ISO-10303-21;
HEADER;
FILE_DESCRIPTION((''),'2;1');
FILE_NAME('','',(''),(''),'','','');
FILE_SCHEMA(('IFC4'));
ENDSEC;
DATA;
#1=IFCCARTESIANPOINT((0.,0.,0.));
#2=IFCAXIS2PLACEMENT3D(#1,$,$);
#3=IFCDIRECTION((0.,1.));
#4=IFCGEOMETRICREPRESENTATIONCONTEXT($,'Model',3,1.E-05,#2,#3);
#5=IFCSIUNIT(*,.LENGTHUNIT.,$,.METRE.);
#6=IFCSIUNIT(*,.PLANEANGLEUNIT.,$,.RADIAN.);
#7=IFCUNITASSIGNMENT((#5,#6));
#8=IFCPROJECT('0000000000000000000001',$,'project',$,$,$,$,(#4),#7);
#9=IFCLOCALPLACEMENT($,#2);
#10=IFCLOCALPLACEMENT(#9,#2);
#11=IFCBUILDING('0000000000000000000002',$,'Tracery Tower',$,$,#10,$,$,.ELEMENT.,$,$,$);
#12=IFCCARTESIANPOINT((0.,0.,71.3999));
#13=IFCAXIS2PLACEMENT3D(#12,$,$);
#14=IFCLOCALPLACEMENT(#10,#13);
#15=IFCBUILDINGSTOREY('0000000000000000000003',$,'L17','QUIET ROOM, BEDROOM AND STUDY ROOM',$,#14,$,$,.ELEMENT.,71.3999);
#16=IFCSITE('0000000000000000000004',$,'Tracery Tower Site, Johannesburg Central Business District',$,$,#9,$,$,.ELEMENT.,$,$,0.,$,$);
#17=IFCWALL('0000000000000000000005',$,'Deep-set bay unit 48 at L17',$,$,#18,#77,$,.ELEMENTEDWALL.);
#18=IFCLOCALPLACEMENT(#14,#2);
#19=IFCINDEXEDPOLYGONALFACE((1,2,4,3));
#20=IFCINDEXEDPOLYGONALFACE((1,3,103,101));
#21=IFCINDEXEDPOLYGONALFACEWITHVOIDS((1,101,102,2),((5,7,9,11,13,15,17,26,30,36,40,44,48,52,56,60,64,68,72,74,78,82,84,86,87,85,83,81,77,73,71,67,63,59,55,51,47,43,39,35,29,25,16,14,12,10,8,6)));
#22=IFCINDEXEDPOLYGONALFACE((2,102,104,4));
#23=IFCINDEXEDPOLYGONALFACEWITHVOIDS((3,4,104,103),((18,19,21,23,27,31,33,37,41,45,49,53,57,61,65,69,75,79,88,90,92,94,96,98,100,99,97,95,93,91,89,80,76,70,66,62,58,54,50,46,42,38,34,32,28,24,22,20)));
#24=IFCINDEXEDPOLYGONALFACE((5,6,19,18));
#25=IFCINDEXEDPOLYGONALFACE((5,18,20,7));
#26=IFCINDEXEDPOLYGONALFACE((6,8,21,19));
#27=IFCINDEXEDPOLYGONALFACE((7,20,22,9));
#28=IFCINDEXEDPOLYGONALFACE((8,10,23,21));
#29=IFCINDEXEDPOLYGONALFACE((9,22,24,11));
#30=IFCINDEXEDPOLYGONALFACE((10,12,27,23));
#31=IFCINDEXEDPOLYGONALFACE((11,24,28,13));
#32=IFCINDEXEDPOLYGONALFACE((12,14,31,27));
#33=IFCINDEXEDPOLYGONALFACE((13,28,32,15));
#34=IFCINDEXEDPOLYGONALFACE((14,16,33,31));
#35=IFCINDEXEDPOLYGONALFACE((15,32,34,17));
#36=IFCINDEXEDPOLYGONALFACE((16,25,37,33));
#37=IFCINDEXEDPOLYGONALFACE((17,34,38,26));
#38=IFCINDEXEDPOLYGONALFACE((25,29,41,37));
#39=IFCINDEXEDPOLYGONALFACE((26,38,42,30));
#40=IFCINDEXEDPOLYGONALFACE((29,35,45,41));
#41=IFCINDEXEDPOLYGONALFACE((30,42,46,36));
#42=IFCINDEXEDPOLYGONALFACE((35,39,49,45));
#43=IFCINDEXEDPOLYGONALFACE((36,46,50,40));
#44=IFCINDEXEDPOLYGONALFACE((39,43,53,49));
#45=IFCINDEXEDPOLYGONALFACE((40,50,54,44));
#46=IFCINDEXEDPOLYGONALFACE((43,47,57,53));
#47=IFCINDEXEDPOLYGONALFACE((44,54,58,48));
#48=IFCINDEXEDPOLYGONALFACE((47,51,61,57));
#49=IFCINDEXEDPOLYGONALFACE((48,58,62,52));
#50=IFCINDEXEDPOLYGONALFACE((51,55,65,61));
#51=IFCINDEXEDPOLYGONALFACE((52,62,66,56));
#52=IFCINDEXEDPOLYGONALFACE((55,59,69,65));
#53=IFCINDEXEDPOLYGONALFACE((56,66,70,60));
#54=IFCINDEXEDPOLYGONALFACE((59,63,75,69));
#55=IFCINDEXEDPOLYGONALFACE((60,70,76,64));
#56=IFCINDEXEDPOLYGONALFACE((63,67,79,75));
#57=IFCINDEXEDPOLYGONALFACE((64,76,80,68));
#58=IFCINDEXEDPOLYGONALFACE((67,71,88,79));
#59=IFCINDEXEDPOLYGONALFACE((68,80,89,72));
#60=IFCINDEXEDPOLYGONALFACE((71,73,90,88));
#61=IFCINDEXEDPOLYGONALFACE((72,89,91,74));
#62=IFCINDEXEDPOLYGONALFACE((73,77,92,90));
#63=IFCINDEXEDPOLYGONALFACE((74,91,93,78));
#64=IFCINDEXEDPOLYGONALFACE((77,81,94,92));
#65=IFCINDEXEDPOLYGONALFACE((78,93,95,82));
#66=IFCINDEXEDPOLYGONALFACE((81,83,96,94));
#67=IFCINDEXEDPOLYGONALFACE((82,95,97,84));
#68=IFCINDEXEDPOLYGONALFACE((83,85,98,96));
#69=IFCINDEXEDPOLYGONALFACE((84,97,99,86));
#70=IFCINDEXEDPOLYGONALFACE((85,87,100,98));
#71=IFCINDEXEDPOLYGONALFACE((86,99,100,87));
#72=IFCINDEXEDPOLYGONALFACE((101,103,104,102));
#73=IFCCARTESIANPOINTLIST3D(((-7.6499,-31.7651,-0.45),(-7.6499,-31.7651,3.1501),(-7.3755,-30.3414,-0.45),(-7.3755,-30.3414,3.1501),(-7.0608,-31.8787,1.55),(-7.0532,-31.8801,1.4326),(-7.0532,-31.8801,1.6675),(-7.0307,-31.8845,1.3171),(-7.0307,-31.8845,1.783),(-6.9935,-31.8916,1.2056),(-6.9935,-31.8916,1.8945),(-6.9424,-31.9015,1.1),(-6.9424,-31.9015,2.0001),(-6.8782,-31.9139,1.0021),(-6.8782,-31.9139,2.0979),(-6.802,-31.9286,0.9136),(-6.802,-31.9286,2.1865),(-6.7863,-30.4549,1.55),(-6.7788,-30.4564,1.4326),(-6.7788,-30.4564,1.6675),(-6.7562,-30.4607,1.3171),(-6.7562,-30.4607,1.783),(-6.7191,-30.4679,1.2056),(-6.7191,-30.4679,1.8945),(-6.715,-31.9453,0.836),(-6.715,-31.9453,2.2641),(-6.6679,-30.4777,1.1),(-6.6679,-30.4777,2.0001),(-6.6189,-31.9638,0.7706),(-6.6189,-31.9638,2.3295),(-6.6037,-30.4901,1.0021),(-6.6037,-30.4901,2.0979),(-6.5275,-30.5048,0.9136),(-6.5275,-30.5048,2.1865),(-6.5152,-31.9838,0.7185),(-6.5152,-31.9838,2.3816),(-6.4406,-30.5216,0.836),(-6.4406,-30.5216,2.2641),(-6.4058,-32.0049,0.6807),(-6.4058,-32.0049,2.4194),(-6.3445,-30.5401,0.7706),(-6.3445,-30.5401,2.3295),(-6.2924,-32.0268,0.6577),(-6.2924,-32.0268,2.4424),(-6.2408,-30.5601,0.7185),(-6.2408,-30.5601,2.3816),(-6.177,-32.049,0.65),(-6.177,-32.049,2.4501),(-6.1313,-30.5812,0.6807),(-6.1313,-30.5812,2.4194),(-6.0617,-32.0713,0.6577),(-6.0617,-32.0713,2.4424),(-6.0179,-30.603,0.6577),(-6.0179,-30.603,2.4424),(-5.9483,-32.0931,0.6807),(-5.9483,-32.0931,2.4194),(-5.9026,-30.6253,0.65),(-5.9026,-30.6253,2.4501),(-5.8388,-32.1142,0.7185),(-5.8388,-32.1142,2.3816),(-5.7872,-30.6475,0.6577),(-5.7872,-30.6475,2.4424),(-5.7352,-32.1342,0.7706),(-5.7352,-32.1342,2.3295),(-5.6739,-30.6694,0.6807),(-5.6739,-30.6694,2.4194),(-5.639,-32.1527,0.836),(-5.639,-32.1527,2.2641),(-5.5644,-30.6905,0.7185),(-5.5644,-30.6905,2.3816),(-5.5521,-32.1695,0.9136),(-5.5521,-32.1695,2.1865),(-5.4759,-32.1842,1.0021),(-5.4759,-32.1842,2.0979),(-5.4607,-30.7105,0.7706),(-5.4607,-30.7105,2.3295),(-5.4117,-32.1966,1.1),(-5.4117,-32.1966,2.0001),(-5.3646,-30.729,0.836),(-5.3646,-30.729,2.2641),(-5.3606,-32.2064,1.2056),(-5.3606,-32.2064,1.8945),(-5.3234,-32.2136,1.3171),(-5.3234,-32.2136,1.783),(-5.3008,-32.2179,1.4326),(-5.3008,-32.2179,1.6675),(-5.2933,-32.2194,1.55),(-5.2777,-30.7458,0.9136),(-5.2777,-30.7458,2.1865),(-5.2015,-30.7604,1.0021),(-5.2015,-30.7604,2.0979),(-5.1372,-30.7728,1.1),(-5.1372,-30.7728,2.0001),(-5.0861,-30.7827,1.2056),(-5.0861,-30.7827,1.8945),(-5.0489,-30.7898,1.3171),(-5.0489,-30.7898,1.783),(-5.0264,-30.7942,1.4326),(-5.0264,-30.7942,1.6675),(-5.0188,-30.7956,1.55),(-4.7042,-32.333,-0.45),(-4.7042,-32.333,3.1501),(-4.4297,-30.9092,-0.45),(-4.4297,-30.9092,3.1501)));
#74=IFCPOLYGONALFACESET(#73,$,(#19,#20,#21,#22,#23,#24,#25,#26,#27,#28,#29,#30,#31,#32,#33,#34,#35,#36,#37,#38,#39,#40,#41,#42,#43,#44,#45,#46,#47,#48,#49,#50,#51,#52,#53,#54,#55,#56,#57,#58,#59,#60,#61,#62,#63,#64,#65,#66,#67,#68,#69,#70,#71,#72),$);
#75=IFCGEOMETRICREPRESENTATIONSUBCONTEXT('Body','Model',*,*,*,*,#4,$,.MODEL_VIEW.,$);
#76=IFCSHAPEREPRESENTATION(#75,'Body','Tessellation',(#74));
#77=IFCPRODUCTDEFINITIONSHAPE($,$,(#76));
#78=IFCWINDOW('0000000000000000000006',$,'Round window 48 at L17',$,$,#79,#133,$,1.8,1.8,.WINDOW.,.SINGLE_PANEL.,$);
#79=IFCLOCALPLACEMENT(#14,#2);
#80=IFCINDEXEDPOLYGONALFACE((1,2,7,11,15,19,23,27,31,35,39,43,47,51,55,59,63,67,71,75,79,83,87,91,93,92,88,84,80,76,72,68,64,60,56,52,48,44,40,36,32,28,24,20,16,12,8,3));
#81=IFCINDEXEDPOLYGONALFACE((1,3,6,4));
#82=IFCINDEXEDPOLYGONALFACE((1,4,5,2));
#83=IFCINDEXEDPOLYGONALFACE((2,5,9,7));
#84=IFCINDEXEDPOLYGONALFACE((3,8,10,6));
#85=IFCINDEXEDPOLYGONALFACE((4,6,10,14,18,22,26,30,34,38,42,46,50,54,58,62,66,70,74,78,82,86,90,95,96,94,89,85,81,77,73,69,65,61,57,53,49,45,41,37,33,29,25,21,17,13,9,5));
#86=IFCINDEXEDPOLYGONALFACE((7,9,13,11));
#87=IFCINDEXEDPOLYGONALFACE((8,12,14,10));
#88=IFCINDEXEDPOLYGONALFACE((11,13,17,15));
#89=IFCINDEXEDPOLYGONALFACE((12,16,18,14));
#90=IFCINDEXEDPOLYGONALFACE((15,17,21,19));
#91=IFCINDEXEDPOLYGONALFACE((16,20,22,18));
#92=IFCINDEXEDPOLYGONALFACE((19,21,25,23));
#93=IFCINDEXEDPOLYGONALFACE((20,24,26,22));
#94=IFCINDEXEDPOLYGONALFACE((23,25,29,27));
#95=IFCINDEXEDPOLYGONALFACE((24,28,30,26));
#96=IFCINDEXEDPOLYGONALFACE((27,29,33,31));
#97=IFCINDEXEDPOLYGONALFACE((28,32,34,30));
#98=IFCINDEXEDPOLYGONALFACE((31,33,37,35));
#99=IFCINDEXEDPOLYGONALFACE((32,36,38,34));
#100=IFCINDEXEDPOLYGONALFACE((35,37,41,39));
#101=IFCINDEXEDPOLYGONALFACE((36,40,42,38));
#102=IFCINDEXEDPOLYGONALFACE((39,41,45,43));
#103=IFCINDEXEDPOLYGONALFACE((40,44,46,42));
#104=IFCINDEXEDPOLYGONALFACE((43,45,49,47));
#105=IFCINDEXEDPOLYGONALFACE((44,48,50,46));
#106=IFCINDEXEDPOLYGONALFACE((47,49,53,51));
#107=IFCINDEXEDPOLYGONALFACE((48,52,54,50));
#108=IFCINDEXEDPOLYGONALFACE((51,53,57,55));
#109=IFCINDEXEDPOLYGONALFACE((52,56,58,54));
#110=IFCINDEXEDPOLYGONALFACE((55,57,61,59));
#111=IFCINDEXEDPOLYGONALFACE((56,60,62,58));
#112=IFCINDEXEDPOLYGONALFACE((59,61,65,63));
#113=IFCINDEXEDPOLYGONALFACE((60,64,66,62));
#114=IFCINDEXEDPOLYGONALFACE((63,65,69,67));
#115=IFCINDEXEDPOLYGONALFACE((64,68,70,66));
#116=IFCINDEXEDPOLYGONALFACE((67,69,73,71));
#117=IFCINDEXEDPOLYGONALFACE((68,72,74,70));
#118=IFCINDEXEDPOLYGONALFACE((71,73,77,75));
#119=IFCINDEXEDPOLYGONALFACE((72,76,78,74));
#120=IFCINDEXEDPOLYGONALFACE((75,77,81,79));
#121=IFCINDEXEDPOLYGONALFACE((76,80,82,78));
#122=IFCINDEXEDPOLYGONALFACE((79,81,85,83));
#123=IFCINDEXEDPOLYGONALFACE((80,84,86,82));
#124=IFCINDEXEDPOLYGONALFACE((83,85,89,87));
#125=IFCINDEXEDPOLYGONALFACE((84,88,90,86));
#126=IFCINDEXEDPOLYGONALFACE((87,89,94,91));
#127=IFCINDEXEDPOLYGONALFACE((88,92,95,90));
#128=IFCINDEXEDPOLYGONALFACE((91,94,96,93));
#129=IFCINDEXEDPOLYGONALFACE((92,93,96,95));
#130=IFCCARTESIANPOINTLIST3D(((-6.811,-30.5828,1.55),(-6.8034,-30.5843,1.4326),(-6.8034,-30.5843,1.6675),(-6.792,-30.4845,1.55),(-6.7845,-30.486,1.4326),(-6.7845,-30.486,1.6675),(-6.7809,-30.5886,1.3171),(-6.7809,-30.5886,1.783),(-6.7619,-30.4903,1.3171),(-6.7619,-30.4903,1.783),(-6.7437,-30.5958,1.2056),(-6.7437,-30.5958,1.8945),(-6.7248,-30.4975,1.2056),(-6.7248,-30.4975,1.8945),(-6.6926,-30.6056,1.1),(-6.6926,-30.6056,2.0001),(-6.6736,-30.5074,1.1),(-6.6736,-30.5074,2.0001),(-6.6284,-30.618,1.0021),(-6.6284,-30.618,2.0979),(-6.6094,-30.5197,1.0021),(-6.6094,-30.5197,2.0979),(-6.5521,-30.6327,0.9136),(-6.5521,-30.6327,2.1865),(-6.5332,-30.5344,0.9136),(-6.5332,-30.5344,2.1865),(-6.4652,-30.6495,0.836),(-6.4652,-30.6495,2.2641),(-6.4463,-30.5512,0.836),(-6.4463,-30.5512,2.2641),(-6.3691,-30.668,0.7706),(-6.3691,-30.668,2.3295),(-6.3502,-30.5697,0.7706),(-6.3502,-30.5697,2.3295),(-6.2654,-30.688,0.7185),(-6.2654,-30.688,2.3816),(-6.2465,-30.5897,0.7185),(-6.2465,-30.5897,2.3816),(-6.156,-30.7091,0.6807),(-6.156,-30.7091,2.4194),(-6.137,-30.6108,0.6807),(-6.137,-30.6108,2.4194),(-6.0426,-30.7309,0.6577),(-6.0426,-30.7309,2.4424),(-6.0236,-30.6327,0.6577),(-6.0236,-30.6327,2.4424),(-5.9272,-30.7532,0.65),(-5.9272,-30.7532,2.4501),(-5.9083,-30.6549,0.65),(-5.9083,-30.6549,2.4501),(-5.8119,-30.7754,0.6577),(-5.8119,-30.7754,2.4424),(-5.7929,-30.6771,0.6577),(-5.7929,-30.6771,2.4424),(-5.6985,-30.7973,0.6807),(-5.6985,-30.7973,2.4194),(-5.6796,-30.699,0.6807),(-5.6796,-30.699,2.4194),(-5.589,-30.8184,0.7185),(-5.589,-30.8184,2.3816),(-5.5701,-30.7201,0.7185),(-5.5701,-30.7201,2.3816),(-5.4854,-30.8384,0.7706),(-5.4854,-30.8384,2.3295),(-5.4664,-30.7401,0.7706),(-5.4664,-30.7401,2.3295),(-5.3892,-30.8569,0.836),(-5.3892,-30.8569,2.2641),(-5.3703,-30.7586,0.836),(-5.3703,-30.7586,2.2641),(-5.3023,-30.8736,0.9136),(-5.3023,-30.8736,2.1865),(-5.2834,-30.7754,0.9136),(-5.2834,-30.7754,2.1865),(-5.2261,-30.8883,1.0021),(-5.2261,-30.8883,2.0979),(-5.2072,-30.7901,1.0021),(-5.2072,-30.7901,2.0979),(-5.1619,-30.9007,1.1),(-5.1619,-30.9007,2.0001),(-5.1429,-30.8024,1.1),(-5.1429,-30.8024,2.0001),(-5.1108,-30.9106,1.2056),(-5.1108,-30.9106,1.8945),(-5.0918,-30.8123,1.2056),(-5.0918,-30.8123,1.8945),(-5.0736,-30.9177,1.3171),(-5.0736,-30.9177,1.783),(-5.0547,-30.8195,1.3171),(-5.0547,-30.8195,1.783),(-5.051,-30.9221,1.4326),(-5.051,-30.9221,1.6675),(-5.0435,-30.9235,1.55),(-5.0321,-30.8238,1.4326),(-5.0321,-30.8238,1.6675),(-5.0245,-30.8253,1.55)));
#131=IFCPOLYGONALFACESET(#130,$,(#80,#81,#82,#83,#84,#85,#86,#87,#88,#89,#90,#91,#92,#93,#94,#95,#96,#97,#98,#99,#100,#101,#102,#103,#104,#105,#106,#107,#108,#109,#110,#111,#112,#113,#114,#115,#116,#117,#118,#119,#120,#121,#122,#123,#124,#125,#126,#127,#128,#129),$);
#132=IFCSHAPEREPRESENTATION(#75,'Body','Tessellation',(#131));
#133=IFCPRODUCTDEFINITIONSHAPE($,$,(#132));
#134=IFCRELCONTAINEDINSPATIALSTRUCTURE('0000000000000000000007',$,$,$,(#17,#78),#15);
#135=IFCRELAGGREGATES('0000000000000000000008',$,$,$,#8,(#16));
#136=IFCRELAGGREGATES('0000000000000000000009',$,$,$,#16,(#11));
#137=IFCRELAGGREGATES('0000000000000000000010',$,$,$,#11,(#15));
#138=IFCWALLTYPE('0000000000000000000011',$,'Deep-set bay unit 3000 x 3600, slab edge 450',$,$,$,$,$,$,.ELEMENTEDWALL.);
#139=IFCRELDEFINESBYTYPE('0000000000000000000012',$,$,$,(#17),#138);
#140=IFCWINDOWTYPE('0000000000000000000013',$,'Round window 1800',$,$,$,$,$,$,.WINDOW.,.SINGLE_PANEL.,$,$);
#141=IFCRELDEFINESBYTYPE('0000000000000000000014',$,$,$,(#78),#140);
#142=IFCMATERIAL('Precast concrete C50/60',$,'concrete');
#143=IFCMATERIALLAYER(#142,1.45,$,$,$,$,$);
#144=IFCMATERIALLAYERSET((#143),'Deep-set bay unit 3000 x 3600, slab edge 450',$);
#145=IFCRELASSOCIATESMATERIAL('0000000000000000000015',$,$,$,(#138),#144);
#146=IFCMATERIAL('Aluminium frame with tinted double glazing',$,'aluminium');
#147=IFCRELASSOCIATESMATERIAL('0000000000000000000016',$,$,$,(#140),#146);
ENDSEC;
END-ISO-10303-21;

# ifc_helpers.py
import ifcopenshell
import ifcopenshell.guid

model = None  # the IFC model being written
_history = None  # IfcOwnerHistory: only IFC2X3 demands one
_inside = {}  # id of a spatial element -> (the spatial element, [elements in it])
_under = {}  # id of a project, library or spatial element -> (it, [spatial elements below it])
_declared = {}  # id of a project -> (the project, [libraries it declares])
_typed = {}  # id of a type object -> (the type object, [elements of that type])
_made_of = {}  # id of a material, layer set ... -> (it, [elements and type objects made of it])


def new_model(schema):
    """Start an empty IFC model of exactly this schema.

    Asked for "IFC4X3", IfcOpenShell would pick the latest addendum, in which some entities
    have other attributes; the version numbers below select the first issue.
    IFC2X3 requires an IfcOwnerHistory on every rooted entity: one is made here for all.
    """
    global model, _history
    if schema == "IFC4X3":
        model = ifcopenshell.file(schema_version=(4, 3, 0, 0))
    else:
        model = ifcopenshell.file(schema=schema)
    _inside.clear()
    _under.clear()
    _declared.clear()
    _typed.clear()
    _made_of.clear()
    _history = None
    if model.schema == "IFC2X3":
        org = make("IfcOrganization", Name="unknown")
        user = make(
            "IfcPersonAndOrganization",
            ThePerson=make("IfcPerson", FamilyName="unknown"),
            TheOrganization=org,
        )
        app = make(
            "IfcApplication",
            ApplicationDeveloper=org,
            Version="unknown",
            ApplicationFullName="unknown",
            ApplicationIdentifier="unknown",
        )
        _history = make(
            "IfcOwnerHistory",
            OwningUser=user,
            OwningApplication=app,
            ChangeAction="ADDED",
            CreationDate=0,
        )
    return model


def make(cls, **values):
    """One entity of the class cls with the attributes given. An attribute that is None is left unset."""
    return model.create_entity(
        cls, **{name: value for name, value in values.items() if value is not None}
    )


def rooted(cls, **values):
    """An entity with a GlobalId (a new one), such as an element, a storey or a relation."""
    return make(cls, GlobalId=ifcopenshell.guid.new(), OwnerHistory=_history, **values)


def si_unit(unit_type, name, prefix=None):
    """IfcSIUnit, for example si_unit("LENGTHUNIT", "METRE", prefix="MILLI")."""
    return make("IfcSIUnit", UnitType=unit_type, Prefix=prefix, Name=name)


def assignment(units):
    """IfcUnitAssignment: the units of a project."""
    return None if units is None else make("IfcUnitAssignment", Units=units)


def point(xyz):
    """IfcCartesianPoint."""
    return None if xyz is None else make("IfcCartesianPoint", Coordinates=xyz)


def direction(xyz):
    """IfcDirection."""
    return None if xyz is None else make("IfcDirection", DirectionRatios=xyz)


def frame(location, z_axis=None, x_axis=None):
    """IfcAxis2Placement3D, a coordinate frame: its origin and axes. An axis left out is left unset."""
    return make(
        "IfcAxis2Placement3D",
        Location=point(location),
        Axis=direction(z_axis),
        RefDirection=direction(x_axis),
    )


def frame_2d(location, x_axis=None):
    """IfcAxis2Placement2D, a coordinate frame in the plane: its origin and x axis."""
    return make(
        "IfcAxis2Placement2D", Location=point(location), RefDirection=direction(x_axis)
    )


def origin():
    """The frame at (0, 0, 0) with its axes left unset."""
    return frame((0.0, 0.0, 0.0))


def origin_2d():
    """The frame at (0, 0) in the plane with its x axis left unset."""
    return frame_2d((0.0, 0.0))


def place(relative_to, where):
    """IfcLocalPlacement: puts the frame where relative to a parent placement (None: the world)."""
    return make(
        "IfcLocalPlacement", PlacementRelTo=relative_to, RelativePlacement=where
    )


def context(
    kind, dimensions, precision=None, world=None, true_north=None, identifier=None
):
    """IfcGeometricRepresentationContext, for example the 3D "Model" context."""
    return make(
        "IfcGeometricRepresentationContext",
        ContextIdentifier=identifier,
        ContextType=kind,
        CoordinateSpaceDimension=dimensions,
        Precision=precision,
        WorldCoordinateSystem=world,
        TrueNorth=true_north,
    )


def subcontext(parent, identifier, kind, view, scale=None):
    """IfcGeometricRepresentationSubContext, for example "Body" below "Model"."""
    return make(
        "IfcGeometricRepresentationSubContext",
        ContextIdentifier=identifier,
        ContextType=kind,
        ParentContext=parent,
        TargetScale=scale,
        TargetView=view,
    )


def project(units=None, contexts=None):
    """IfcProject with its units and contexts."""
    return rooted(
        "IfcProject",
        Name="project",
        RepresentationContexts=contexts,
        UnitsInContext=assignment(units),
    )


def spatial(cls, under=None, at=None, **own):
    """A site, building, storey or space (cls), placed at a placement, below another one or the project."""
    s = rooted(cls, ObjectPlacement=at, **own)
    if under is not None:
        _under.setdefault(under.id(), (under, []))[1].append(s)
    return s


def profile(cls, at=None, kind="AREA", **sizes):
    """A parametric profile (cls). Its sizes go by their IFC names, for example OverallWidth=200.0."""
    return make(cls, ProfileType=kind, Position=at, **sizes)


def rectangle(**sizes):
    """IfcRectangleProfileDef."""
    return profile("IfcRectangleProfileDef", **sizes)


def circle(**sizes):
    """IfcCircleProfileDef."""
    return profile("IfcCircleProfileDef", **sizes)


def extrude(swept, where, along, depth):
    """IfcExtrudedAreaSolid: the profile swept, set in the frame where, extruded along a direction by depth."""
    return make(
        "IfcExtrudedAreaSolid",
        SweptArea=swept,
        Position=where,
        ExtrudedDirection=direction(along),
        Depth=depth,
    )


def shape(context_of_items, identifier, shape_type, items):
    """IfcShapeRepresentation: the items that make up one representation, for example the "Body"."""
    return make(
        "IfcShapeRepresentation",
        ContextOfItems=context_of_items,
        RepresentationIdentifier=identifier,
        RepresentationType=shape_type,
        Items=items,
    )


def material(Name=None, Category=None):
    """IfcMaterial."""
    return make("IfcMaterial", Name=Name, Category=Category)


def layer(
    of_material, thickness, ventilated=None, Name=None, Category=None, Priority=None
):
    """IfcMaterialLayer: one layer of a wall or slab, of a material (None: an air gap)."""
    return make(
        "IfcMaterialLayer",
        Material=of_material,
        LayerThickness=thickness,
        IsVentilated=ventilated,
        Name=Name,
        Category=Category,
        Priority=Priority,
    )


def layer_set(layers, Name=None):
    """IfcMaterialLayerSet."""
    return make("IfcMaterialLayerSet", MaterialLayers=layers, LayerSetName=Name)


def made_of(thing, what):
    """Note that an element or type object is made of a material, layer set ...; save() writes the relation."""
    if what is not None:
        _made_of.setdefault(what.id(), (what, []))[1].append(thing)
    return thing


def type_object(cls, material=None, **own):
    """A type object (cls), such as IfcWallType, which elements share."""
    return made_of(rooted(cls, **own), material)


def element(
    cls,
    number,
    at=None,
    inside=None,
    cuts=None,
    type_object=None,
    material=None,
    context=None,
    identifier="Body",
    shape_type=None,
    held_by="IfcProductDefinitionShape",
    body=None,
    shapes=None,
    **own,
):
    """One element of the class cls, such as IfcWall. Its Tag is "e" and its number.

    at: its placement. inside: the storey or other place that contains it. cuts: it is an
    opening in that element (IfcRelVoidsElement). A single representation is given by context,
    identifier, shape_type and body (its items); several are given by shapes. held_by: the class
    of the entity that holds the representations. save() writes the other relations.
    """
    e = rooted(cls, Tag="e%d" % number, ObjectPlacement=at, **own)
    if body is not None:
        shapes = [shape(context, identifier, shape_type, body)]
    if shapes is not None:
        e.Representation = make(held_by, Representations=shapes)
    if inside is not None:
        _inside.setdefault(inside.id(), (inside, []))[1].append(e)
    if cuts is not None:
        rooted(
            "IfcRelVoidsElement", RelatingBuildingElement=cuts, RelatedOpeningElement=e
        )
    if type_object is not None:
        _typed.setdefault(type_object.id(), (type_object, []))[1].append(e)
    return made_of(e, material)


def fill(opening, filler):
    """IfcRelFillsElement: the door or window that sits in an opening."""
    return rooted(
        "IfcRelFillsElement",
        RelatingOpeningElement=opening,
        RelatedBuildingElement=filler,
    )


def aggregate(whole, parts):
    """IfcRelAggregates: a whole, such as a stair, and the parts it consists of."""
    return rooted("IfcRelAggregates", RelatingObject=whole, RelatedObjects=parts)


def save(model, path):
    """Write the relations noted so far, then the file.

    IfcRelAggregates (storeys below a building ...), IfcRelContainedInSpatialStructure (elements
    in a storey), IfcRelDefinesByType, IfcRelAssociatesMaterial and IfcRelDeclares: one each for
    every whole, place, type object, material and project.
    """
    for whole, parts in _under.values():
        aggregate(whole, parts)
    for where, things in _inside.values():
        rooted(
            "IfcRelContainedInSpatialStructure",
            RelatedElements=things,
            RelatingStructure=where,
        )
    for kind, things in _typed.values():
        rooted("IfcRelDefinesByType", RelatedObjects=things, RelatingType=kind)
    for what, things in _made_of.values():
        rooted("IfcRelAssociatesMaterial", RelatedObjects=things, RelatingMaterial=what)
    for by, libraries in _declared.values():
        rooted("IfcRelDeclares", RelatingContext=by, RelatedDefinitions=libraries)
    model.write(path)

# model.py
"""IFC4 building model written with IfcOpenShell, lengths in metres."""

from ifc_helpers import new_model, si_unit, direction, frame, frame_2d, origin, origin_2d, place, context, subcontext, project, spatial, rectangle, circle, extrude, material, layer, layer_set, type_object, element, fill, save


model = new_model("IFC4")

# Units and contexts
model_context = context("Model", 3, precision=1e-05, world=origin(), true_north=direction((0.0, 1.0)))
body_context = subcontext(model_context, "Body", "Model", "MODEL_VIEW")
ifc_project = project(units=[si_unit("LENGTHUNIT", "METRE"), si_unit("PLANEANGLEUNIT", "RADIAN")], contexts=[model_context])

# Site, building, storey
site_placement = place(None, origin())
site = spatial("IfcSite", under=ifc_project, at=site_placement, Name="Tracery Tower Site, Johannesburg Central Business District", CompositionType="ELEMENT", RefElevation=0.0)
building_placement = place(site_placement, origin())
building = spatial("IfcBuilding", under=site, at=building_placement, Name="Tracery Tower", CompositionType="ELEMENT")
storey_placement = place(building_placement, frame((0.0, 0.0, 71.3999)))
storey = spatial("IfcBuildingStorey", under=building, at=storey_placement, Name="L17", Description="QUIET ROOM, BEDROOM AND STUDY ROOM", CompositionType="ELEMENT", Elevation=71.3999)

# Wall, opening, window
ifc_material_1 = material(Name="Precast concrete C50/60", Category="concrete")
ifc_layer_1 = layer(ifc_material_1, 1.45)
ifc_layer_set_1 = layer_set([ifc_layer_1], Name="Deep-set bay unit 3000 x 3600, slab edge 450")
wall_type_1 = type_object("IfcWallType", Name="Deep-set bay unit 3000 x 3600, slab edge 450", PredefinedType="ELEMENTEDWALL", material=ifc_layer_set_1)
wall_1_placement = place(storey_placement, frame((-7.5127, -31.0532, -0.45), z_axis=(0.0, 0.0, 1.0), x_axis=(0.981922, -0.189288, 0.0)))
wall_1 = element("IfcWall", 1, at=wall_1_placement, inside=storey, type_object=wall_type_1, Name="Deep-set bay unit 48 at L17", PredefinedType="ELEMENTEDWALL", context=body_context, shape_type="SweptSolid", body=[
    extrude(rectangle(XDim=3.0, YDim=1.45, at=frame_2d((1.5, 0.0))), origin(), (0.0, 0.0, 1.0), 3.6001),
])
opening_1_placement = place(wall_1_placement, frame((1.5, 0.0, 2.0)))
opening_1 = element("IfcOpeningElement", 2, at=opening_1_placement, cuts=wall_1, PredefinedType="OPENING", context=body_context, shape_type="SweptSolid", body=[
    extrude(circle(Radius=0.9, at=origin_2d()), frame((0.0, 0.7349, 0.0), z_axis=(0.0, -1.0, 0.0), x_axis=(1.0, 0.0, 0.0)), (0.0, 0.0, 1.0), 1.47),
])
ifc_material_2 = material(Name="Aluminium frame with tinted double glazing", Category="aluminium")
window_type = type_object("IfcWindowType", Name="Round window 1800", PartitioningType="SINGLE_PANEL", PredefinedType="WINDOW", material=ifc_material_2)
window_1_placement = place(opening_1_placement, origin())
window_1 = element("IfcWindow", 3, at=window_1_placement, inside=storey, type_object=window_type, Name="Round window 48 at L17", OverallHeight=1.8, OverallWidth=1.8, PartitioningType="SINGLE_PANEL", PredefinedType="WINDOW", context=body_context, shape_type="SweptSolid", body=[
    extrude(circle(Radius=0.9, at=origin_2d()), frame((0.0, 0.6948, 0.0), z_axis=(0.0, -1.0, 0.0), x_axis=(1.0, 0.0, 0.0)), (0.0, 0.0, 1.0), 0.1001),
])
fill(opening_1, window_1)

save(model, "model.ifc")
